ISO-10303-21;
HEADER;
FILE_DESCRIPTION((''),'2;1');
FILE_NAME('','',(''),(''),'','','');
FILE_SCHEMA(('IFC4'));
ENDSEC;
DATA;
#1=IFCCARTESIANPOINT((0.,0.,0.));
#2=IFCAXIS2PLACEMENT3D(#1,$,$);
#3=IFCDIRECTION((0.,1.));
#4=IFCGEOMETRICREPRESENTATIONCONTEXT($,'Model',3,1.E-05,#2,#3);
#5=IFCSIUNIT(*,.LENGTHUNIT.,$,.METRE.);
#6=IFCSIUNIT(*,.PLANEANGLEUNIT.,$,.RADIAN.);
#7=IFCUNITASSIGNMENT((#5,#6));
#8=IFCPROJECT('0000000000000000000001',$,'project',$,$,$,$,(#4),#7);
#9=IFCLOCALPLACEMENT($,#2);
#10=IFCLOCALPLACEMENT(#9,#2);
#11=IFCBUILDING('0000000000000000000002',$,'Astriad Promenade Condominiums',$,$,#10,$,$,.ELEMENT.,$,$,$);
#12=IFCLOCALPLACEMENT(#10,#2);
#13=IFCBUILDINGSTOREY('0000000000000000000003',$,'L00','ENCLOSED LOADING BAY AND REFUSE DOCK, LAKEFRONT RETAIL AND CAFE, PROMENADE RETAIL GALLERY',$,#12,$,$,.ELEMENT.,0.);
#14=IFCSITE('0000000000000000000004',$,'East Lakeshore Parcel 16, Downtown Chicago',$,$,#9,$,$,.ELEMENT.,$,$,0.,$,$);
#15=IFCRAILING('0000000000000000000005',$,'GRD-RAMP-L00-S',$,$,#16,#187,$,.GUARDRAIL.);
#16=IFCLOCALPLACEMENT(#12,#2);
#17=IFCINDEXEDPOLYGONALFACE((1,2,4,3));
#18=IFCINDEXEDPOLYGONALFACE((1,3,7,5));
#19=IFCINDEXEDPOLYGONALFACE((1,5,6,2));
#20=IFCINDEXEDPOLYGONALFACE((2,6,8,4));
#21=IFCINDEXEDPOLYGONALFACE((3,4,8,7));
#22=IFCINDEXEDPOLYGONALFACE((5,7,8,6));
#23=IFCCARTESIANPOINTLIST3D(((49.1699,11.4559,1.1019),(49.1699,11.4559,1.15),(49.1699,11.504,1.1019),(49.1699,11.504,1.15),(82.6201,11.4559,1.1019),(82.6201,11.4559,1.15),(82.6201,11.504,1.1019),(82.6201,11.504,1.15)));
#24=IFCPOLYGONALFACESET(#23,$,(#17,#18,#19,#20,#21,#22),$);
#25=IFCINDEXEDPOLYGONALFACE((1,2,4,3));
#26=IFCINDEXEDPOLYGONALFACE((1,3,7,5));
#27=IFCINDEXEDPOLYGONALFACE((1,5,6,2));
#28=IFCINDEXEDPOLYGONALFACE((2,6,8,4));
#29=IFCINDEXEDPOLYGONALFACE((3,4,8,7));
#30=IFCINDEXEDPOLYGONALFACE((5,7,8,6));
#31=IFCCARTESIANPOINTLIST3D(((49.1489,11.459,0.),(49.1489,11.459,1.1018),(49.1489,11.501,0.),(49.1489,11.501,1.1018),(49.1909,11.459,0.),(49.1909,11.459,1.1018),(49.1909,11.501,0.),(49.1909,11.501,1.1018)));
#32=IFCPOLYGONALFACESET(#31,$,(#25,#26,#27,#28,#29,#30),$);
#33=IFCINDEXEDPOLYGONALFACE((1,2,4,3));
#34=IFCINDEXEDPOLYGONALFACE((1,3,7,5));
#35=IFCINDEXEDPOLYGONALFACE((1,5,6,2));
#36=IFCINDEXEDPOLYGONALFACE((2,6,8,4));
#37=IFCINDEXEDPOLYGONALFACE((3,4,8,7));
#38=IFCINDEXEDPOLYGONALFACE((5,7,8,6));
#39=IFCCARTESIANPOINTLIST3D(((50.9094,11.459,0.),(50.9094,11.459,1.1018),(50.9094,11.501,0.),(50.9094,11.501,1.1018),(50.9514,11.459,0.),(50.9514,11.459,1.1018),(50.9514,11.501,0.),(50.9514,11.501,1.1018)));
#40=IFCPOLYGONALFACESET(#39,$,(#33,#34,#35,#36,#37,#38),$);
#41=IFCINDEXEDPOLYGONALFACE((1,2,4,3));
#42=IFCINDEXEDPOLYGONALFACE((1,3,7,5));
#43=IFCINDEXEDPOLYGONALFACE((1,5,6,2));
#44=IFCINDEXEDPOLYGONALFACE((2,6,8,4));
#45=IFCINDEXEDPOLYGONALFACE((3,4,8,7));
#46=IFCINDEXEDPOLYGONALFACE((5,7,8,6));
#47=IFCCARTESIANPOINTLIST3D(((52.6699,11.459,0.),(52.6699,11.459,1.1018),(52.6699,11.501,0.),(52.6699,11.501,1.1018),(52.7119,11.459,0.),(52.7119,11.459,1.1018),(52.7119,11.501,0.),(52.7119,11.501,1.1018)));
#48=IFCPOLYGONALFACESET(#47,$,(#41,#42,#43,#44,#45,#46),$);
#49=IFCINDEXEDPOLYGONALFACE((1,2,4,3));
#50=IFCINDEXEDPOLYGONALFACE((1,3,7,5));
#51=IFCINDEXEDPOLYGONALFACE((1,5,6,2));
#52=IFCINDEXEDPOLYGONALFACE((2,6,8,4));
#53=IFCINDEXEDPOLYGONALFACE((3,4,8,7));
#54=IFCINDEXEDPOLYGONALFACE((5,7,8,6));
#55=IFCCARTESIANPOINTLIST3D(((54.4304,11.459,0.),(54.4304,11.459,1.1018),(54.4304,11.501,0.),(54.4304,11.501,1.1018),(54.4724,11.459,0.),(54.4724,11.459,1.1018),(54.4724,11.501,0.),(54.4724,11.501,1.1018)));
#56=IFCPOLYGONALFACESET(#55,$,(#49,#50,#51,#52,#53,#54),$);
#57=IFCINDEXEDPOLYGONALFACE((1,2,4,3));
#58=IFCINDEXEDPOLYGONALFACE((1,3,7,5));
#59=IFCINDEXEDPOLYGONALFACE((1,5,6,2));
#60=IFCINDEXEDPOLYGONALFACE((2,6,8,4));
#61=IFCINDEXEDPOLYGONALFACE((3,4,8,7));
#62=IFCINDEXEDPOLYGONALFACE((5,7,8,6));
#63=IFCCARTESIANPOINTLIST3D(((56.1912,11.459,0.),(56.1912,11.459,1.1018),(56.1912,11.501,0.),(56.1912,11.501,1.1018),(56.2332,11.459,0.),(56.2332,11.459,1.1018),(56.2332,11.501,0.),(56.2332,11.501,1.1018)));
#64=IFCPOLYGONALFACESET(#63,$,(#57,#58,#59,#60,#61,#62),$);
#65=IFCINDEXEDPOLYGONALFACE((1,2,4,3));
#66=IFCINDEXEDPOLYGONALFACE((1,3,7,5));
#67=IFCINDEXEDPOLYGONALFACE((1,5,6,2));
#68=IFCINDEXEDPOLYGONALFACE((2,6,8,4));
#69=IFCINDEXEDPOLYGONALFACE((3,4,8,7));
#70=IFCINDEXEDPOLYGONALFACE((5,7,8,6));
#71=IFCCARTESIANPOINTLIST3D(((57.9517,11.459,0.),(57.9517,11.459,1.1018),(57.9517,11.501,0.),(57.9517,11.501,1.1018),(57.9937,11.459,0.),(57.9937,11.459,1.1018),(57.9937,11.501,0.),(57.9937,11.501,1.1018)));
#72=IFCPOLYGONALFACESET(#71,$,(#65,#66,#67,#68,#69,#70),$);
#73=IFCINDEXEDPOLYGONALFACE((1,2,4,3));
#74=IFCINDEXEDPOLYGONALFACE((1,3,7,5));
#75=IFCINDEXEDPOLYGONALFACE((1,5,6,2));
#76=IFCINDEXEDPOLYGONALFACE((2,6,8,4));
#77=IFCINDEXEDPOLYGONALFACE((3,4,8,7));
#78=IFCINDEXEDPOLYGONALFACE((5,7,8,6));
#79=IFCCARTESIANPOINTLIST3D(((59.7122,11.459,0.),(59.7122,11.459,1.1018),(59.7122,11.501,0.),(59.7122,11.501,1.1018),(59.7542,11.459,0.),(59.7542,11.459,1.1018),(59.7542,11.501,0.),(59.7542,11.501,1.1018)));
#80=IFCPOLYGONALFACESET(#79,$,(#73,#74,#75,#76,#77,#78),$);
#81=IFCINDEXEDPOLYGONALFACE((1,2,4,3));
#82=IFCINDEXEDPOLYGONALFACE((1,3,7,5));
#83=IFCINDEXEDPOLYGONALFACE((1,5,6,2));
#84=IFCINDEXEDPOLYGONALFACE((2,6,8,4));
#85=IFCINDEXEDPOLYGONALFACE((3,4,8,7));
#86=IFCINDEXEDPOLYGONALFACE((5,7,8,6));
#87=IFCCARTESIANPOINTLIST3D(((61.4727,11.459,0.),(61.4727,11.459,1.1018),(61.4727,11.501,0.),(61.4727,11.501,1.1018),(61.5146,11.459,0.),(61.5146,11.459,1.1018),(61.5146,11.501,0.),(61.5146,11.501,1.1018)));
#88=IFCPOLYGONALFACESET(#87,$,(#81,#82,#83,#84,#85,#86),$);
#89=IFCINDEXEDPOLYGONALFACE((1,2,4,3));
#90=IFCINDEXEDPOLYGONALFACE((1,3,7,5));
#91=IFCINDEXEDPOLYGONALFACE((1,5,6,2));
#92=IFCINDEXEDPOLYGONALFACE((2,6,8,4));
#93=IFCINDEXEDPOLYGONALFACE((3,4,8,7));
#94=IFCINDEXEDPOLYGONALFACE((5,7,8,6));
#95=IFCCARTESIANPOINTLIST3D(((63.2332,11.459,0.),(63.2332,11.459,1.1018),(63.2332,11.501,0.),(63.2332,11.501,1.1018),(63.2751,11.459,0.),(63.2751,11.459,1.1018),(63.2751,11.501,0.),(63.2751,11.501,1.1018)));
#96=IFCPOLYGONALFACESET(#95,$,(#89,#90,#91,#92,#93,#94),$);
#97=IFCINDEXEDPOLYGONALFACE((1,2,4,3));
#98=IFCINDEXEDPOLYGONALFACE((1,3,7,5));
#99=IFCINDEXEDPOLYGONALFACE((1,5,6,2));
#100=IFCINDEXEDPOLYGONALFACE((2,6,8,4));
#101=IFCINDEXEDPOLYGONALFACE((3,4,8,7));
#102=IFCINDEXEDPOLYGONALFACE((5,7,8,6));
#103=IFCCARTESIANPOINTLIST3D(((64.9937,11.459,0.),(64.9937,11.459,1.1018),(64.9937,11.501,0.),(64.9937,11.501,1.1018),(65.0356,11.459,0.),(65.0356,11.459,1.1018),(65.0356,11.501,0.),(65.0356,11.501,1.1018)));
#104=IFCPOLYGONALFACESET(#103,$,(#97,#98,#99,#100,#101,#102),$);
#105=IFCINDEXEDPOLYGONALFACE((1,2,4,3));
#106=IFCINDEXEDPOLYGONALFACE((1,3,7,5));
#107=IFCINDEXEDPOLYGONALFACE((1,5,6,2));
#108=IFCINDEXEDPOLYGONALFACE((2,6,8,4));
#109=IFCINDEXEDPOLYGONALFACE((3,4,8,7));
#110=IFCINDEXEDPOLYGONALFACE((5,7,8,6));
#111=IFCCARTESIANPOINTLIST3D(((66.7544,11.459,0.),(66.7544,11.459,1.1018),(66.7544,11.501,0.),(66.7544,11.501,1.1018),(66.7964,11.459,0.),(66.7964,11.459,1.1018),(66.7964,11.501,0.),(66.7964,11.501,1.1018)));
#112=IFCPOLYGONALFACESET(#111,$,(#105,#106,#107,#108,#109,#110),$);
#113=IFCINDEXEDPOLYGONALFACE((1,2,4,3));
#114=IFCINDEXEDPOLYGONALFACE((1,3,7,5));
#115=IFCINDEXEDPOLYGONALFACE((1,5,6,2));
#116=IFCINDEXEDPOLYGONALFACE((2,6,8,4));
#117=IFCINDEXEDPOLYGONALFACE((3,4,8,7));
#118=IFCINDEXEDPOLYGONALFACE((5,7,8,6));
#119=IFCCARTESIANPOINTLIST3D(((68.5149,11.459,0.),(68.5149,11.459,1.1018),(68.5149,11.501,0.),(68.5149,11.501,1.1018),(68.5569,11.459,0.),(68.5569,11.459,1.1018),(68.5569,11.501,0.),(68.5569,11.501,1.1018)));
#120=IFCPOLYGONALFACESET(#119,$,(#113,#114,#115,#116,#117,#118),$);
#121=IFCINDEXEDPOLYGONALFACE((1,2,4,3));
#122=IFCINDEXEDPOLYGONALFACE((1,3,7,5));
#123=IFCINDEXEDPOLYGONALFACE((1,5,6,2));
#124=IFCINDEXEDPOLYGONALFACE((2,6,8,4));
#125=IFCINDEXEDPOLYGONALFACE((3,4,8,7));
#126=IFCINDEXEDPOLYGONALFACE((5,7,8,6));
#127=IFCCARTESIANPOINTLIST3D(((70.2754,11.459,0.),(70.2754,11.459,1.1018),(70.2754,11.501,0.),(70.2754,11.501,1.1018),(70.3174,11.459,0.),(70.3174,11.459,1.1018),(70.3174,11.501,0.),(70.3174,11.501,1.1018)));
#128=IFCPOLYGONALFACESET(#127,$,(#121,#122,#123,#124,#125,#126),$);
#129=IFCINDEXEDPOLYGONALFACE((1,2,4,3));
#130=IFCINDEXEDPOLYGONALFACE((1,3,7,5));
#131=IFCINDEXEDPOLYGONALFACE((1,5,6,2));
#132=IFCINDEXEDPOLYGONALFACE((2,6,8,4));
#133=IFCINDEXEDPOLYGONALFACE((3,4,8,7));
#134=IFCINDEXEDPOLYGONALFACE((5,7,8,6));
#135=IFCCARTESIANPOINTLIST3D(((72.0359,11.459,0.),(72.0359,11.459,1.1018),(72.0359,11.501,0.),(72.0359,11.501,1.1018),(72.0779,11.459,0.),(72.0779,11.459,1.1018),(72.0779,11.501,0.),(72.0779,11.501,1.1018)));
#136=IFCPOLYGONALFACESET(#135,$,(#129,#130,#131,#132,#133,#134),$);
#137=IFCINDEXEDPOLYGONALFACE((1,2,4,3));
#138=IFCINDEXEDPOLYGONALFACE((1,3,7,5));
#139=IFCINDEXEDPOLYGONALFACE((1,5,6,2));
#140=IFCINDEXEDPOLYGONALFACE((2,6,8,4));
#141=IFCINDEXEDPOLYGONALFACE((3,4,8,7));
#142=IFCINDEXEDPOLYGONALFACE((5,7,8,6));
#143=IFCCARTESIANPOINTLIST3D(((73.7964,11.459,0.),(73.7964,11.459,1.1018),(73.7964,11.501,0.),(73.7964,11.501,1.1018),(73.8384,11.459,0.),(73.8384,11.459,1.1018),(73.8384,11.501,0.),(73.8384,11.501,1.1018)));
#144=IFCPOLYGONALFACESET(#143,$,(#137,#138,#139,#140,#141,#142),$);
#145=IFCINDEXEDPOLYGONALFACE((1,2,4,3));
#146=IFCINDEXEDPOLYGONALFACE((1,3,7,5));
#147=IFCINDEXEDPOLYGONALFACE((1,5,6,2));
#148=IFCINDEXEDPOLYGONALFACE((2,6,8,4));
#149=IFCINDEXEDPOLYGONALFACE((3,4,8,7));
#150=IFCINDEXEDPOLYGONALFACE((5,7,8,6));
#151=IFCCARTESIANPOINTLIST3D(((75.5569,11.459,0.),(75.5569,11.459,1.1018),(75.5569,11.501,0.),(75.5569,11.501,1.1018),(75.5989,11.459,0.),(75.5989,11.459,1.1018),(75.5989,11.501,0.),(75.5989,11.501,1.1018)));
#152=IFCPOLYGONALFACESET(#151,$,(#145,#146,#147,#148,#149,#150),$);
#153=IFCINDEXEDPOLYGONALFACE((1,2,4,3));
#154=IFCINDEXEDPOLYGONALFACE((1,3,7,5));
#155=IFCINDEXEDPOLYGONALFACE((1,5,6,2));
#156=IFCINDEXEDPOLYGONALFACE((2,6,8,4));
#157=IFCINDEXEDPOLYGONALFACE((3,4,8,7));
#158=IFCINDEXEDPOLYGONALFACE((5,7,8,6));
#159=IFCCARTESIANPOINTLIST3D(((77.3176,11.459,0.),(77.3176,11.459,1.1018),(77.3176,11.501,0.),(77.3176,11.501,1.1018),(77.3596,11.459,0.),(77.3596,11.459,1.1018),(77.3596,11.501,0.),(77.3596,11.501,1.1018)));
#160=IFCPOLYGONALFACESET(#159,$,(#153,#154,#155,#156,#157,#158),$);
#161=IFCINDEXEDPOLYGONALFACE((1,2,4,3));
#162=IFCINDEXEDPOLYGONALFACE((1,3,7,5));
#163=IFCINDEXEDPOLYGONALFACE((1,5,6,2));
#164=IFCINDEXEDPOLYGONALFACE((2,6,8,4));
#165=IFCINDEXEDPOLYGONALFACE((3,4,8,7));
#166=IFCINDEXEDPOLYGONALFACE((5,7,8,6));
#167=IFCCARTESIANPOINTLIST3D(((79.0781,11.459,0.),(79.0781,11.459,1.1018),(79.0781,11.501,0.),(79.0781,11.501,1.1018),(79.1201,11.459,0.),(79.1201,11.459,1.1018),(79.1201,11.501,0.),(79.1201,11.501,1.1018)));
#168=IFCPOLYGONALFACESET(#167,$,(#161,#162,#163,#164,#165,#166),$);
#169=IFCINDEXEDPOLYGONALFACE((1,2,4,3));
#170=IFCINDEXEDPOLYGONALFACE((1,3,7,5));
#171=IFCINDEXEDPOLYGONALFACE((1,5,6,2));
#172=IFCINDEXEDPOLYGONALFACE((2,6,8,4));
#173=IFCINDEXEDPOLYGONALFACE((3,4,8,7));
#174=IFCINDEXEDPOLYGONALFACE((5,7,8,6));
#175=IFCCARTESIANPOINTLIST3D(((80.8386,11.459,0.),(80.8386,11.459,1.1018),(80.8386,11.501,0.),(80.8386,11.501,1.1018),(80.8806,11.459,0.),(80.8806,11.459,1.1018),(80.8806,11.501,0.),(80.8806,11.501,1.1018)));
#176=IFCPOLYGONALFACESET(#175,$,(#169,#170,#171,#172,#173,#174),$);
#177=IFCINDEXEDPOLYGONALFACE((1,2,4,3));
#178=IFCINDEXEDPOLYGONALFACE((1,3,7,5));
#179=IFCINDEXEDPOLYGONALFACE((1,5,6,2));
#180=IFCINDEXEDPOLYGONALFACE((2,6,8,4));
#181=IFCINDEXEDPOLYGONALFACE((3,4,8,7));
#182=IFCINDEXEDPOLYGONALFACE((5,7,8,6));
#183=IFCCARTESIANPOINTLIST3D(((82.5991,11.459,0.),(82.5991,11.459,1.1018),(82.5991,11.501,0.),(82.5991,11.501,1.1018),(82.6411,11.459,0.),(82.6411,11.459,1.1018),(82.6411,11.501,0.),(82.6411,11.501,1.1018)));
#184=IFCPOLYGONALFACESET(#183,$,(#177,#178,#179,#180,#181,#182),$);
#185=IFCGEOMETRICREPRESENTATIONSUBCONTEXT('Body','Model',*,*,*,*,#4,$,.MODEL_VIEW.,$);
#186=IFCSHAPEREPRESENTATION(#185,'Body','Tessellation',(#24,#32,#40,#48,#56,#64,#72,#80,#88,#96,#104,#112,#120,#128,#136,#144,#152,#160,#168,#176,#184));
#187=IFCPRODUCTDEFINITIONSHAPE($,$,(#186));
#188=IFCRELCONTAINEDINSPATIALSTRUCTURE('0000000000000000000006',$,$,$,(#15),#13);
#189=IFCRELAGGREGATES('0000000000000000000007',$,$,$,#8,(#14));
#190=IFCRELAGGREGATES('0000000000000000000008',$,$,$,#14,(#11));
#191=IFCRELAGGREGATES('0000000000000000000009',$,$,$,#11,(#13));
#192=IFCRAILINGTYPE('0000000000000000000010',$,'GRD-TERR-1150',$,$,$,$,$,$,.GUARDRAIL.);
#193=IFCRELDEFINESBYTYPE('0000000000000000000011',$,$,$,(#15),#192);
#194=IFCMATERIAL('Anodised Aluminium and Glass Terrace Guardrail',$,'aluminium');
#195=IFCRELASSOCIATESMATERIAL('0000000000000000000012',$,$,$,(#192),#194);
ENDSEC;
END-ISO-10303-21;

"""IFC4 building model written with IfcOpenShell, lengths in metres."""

from ifc_helpers import new_model, si_unit, direction, frame, origin, origin_2d, place, context, subcontext, project, spatial, rectangle, extrude, source, transform, mapped, material, type_object, element, save


model = new_model("IFC4")

# Units and contexts
model_context = context("Model", 3, precision=1e-05, world=origin(), true_north=direction((0.0, 1.0)))
body_context = subcontext(model_context, "Body", "Model", "MODEL_VIEW")
ifc_project = project(units=[si_unit("LENGTHUNIT", "METRE"), si_unit("PLANEANGLEUNIT", "RADIAN")], contexts=[model_context])

# Site, building, storey
site_placement = place(None, origin())
site = spatial("IfcSite", under=ifc_project, at=site_placement, Name="East Lakeshore Parcel 16, Downtown Chicago", CompositionType="ELEMENT", RefElevation=0.0)
building_placement = place(site_placement, origin())
building = spatial("IfcBuilding", under=site, at=building_placement, Name="Astriad Promenade Condominiums", CompositionType="ELEMENT")
storey_placement = place(building_placement, origin())
storey = spatial("IfcBuildingStorey", under=building, at=storey_placement, Name="L00", Description="ENCLOSED LOADING BAY AND REFUSE DOCK, LAKEFRONT RETAIL AND CAFE, PROMENADE RETAIL GALLERY", CompositionType="ELEMENT", Elevation=0.0)

# Railing
ifc_material_1 = material(Name="Anodised Aluminium and Glass Terrace Guardrail", Category="aluminium")
railing_type = type_object("IfcRailingType", Name="GRD-TERR-1150", PredefinedType="GUARDRAIL", material=ifc_material_1)
shared_shape_1 = source(origin(), body_context, "Body", "SweptSolid", [
    extrude(rectangle(XDim=0.0481, YDim=0.0481, at=origin_2d()), frame((0.0, 0.0, 1.126), z_axis=(1.0, 0.0, 0.0), x_axis=(0.0, 1.0, 0.0)), (0.0, 0.0, 1.0), 33.4502),
    extrude(rectangle(XDim=0.042, YDim=0.042, at=origin_2d()), origin(), (0.0, 0.0, 1.0), 1.1018),
    extrude(rectangle(XDim=0.042, YDim=0.042, at=origin_2d()), frame((1.7605, 0.0, 0.0)), (0.0, 0.0, 1.0), 1.1018),
    extrude(rectangle(XDim=0.042, YDim=0.042, at=origin_2d()), frame((3.521, 0.0, 0.0)), (0.0, 0.0, 1.0), 1.1018),
    extrude(rectangle(XDim=0.042, YDim=0.042, at=origin_2d()), frame((5.2815, 0.0, 0.0)), (0.0, 0.0, 1.0), 1.1018),
    extrude(rectangle(XDim=0.042, YDim=0.042, at=origin_2d()), frame((7.0422, 0.0, 0.0)), (0.0, 0.0, 1.0), 1.1018),
    extrude(rectangle(XDim=0.042, YDim=0.042, at=origin_2d()), frame((8.8027, 0.0, 0.0)), (0.0, 0.0, 1.0), 1.1018),
    extrude(rectangle(XDim=0.042, YDim=0.042, at=origin_2d()), frame((10.5632, 0.0, 0.0)), (0.0, 0.0, 1.0), 1.1018),
    extrude(rectangle(XDim=0.042, YDim=0.042, at=origin_2d()), frame((12.3237, 0.0, 0.0)), (0.0, 0.0, 1.0), 1.1018),
    extrude(rectangle(XDim=0.042, YDim=0.042, at=origin_2d()), frame((14.0842, 0.0, 0.0)), (0.0, 0.0, 1.0), 1.1018),
    extrude(rectangle(XDim=0.042, YDim=0.042, at=origin_2d()), frame((15.8447, 0.0, 0.0)), (0.0, 0.0, 1.0), 1.1018),
    extrude(rectangle(XDim=0.042, YDim=0.042, at=origin_2d()), frame((17.6055, 0.0, 0.0)), (0.0, 0.0, 1.0), 1.1018),
    extrude(rectangle(XDim=0.042, YDim=0.042, at=origin_2d()), frame((19.366, 0.0, 0.0)), (0.0, 0.0, 1.0), 1.1018),
    extrude(rectangle(XDim=0.042, YDim=0.042, at=origin_2d()), frame((21.1265, 0.0, 0.0)), (0.0, 0.0, 1.0), 1.1018),
    extrude(rectangle(XDim=0.042, YDim=0.042, at=origin_2d()), frame((22.887, 0.0, 0.0)), (0.0, 0.0, 1.0), 1.1018),
    extrude(rectangle(XDim=0.042, YDim=0.042, at=origin_2d()), frame((24.6475, 0.0, 0.0)), (0.0, 0.0, 1.0), 1.1018),
    extrude(rectangle(XDim=0.042, YDim=0.042, at=origin_2d()), frame((26.408, 0.0, 0.0)), (0.0, 0.0, 1.0), 1.1018),
    extrude(rectangle(XDim=0.042, YDim=0.042, at=origin_2d()), frame((28.1687, 0.0, 0.0)), (0.0, 0.0, 1.0), 1.1018),
    extrude(rectangle(XDim=0.042, YDim=0.042, at=origin_2d()), frame((29.9292, 0.0, 0.0)), (0.0, 0.0, 1.0), 1.1018),
    extrude(rectangle(XDim=0.042, YDim=0.042, at=origin_2d()), frame((31.6897, 0.0, 0.0)), (0.0, 0.0, 1.0), 1.1018),
    extrude(rectangle(XDim=0.042, YDim=0.042, at=origin_2d()), frame((33.4502, 0.0, 0.0)), (0.0, 0.0, 1.0), 1.1018),
])
for number, where, name in (
    (1, (49.1699, 11.48, 0.0), "GRD-RAMP-L00-S"),
):
    element("IfcRailing", number, at=place(storey_placement, frame(where)), inside=storey, type_object=railing_type, Name=name, PredefinedType="GUARDRAIL", context=body_context, shape_type="MappedRepresentation", body=[
        mapped(shared_shape_1, transform((0.0, 0.0, 0.0), scale=1.0)),
    ])

save(model, "model.ifc")
